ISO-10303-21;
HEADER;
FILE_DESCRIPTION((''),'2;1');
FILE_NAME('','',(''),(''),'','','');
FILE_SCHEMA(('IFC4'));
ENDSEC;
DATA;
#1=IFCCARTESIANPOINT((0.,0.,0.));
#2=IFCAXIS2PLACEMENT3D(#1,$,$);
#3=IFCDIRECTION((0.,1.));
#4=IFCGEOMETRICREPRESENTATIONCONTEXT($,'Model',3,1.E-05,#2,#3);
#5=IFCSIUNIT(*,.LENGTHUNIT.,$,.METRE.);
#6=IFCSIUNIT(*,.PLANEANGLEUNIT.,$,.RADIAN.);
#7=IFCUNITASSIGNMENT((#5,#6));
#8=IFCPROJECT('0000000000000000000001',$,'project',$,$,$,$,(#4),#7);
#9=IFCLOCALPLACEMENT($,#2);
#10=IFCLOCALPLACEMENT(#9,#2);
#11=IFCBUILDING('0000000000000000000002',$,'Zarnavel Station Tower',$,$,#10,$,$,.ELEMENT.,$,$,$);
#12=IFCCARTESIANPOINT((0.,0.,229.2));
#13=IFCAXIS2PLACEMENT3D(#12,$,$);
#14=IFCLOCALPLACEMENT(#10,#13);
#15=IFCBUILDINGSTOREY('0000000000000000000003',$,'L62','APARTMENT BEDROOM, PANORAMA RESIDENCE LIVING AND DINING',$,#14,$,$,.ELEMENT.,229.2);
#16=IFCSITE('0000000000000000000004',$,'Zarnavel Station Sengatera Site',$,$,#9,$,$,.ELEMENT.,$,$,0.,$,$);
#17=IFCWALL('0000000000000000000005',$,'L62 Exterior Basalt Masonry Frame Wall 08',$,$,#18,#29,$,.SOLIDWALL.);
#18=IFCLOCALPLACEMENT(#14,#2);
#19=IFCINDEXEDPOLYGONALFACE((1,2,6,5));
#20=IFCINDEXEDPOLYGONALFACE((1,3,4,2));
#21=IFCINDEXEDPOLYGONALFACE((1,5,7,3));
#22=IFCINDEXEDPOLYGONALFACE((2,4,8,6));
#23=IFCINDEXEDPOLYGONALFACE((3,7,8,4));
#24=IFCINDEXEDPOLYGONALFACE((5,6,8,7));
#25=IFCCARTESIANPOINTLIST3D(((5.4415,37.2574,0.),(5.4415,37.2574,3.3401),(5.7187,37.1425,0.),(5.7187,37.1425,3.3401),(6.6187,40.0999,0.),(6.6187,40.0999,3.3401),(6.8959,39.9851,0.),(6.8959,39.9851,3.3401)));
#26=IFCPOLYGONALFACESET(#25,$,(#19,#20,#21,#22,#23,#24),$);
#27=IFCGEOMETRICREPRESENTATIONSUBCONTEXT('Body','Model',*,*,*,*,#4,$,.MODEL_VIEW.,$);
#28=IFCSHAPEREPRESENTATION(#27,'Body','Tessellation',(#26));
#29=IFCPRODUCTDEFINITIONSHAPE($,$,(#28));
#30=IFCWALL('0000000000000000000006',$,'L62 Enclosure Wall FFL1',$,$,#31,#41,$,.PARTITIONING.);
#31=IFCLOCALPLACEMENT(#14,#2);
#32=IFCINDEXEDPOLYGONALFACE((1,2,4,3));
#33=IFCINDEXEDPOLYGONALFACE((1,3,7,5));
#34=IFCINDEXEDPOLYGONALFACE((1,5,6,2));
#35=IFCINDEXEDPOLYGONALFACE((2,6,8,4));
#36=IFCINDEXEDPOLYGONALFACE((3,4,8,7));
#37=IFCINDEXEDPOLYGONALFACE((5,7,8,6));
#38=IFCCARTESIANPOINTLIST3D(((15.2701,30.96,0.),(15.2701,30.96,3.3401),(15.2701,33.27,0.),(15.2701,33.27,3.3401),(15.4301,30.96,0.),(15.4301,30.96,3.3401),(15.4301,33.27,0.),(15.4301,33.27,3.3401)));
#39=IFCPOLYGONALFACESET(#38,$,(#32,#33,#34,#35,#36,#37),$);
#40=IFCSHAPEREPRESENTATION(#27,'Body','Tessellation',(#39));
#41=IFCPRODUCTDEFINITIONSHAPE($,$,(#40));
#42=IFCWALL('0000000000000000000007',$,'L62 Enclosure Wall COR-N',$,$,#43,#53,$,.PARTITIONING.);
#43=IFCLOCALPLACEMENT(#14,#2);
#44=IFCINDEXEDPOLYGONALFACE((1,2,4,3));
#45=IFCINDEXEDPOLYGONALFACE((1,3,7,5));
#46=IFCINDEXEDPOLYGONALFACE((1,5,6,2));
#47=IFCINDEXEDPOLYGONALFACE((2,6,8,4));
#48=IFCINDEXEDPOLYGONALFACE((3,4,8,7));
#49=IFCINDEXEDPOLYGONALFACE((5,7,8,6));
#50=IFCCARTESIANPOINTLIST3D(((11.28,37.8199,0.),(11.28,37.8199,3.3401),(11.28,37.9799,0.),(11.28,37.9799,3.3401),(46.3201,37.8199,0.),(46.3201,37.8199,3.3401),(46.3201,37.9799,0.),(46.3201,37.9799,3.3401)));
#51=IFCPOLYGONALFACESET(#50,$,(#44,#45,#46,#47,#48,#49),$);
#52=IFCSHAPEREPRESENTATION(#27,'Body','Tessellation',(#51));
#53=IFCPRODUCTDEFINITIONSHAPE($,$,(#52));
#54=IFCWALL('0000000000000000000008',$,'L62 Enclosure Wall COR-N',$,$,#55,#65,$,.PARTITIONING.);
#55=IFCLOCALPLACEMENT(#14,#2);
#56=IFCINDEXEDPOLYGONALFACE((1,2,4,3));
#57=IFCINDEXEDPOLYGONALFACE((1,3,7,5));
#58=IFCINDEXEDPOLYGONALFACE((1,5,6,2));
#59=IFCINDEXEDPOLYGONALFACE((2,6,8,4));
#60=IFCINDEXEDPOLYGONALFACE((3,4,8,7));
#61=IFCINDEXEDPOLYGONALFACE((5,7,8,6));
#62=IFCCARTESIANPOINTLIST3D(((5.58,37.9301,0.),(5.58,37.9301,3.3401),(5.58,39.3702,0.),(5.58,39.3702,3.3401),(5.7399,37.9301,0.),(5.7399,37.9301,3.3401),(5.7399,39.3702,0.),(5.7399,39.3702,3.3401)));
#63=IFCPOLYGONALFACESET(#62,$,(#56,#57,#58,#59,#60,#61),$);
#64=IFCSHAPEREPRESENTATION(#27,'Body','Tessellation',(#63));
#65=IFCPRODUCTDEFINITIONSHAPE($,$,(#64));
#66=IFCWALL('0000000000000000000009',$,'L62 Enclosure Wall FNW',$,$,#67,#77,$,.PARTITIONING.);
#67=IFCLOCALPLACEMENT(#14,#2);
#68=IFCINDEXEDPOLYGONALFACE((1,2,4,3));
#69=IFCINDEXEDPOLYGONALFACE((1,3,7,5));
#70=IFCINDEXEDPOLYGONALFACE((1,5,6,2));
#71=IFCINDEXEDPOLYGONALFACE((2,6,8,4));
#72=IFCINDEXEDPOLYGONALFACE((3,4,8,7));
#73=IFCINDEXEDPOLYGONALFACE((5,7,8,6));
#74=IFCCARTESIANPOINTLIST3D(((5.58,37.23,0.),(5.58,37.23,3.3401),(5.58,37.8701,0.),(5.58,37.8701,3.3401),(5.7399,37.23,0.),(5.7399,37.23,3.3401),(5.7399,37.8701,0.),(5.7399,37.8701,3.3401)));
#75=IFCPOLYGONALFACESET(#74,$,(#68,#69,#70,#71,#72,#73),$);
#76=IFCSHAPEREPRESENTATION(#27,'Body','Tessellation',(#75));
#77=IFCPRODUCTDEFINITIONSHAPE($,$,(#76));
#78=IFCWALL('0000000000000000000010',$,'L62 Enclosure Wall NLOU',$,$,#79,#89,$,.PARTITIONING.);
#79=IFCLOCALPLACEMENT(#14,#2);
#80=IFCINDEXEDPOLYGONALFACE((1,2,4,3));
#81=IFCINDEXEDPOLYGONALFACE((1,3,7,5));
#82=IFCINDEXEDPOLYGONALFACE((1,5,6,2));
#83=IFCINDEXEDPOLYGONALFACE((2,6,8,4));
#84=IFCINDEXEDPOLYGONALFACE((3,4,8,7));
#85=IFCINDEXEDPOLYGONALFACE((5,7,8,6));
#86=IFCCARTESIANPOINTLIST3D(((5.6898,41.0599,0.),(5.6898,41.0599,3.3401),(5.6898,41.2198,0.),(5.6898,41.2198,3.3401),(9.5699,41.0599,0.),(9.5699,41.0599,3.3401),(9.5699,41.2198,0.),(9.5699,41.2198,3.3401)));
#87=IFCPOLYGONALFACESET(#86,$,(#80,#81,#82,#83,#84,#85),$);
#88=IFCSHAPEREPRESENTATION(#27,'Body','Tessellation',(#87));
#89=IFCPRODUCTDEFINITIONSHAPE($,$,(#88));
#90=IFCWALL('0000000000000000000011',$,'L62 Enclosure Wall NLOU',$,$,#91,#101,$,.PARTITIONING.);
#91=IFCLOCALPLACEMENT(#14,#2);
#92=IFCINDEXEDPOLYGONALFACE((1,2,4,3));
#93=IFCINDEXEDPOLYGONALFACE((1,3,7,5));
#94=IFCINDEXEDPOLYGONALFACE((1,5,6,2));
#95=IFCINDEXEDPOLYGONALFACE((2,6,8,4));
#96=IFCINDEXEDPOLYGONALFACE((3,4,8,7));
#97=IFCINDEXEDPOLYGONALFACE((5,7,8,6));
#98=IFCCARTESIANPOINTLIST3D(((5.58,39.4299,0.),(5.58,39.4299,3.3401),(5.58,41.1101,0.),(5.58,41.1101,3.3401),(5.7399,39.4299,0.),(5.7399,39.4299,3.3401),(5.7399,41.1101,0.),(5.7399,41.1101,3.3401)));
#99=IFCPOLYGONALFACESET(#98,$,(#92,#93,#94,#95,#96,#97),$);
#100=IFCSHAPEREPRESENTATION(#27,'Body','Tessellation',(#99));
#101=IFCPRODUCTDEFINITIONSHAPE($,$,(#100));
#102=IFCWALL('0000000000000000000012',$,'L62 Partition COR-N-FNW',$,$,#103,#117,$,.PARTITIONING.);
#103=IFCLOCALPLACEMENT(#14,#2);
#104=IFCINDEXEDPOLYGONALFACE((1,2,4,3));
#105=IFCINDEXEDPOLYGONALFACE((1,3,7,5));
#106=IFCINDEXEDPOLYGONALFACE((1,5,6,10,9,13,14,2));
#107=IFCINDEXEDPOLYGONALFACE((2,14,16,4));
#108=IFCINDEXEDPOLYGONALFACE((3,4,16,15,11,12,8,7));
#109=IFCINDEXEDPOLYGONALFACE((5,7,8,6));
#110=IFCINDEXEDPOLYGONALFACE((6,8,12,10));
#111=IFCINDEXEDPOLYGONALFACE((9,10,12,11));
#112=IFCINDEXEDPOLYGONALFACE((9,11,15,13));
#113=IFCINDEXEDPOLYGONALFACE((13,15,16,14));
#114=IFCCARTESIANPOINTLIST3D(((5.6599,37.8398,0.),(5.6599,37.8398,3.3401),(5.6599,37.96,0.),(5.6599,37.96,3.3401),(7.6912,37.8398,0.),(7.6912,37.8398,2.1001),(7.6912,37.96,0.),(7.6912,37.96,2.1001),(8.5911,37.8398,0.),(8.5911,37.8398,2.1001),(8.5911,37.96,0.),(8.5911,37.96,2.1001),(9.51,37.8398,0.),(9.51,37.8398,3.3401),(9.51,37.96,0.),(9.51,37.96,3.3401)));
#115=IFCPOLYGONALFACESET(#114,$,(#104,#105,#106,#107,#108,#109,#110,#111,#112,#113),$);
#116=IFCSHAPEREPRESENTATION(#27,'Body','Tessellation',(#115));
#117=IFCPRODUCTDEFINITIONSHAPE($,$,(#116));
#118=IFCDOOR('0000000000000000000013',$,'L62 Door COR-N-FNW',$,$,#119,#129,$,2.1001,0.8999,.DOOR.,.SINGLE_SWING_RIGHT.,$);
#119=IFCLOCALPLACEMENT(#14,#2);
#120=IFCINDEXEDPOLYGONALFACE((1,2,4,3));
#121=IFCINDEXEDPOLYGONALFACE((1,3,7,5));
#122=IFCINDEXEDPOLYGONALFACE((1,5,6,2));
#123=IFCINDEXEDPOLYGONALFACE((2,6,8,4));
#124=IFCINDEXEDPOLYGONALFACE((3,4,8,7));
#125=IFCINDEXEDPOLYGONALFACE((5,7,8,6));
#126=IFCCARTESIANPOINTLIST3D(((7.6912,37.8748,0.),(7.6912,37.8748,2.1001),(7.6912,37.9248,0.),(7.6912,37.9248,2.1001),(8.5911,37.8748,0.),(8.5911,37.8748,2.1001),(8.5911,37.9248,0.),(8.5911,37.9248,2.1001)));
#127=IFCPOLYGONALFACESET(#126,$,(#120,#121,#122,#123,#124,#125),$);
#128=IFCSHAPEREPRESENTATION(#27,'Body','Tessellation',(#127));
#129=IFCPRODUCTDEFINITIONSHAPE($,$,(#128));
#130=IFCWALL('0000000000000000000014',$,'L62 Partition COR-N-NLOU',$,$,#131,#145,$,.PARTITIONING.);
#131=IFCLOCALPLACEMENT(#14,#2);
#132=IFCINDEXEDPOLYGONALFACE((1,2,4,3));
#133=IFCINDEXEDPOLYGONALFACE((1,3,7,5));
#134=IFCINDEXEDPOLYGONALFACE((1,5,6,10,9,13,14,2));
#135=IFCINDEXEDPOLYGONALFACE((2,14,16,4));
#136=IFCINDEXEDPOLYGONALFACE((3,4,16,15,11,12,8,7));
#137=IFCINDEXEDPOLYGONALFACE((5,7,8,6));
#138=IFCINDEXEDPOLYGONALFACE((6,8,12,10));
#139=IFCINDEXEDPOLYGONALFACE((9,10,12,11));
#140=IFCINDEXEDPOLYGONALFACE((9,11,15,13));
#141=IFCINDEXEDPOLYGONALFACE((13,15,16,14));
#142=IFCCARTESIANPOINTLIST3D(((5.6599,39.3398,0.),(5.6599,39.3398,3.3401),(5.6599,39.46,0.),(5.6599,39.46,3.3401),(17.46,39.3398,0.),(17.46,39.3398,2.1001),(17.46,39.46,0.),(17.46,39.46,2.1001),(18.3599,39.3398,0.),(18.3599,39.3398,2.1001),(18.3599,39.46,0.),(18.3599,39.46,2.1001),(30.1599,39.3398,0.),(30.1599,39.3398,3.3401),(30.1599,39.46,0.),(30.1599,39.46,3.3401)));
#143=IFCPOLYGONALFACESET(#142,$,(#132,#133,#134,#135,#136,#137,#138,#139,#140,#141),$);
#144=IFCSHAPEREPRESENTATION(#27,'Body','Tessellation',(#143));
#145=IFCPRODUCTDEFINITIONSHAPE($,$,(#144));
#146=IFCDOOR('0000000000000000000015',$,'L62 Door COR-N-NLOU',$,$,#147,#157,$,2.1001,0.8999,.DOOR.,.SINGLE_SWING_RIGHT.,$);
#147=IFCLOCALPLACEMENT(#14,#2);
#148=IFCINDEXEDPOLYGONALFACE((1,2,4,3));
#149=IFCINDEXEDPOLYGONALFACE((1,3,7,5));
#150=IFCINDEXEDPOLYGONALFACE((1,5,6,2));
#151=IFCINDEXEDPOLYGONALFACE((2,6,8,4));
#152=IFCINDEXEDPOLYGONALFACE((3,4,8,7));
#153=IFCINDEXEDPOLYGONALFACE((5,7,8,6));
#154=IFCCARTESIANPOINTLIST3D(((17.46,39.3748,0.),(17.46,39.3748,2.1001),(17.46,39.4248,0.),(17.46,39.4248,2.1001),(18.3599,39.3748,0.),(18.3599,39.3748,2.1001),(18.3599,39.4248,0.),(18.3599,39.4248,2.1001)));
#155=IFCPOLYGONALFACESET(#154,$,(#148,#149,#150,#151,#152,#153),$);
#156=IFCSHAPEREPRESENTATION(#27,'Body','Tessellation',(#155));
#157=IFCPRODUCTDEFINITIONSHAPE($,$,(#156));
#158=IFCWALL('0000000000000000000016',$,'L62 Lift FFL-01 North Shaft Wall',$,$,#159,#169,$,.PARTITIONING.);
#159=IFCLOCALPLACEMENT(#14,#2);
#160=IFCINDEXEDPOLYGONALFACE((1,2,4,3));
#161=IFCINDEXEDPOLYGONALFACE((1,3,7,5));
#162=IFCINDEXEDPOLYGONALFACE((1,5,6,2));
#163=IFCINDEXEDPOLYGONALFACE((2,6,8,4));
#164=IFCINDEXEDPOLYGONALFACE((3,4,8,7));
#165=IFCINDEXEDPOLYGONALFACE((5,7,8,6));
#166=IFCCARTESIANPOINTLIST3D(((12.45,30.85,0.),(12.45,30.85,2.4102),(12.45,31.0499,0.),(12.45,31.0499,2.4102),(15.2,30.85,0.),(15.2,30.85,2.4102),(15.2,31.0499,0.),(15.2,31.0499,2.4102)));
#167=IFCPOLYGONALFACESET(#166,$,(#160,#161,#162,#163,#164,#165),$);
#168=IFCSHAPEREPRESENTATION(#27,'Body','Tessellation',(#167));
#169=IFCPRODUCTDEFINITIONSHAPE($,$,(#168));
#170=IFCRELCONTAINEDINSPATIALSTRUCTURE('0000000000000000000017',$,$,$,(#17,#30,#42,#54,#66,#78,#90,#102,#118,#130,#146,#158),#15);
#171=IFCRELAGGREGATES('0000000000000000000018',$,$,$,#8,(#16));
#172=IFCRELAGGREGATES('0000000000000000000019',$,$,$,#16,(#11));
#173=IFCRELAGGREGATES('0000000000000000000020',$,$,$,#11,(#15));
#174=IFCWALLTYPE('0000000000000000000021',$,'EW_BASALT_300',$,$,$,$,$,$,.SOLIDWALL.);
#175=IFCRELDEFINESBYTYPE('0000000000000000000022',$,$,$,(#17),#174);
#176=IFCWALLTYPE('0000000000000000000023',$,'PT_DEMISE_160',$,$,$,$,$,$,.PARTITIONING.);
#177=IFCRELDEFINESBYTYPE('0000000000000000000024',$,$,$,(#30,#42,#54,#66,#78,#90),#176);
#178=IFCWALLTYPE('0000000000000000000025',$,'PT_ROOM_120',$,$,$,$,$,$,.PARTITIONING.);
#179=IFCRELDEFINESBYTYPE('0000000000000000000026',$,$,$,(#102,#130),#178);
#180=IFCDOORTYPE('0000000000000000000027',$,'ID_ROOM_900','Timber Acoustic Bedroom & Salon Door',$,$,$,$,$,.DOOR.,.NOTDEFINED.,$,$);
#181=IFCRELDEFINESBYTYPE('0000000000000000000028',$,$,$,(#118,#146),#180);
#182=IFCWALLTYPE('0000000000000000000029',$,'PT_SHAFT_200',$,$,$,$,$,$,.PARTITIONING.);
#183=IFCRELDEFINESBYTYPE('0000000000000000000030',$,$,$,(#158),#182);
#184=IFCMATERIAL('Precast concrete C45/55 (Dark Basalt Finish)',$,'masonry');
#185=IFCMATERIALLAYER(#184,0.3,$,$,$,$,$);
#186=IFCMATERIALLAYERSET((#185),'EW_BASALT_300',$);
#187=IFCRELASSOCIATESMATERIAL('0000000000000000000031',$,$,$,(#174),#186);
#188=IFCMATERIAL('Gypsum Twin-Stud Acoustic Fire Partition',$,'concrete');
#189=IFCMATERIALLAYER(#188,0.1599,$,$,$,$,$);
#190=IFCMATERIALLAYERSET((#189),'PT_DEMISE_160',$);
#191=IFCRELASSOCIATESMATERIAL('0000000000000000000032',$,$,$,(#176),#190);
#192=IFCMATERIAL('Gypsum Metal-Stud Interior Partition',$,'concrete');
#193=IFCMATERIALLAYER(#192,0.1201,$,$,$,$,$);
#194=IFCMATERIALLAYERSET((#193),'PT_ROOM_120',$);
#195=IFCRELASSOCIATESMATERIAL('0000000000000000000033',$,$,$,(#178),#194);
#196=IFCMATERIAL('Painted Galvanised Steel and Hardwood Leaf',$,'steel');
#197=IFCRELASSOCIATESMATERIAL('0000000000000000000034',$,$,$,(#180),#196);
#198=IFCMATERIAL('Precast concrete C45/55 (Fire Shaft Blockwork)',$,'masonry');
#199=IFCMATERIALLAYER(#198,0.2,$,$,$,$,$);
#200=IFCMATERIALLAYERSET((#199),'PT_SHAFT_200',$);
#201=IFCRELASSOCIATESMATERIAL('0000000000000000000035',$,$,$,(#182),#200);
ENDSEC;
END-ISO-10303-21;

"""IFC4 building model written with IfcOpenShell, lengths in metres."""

from ifc_helpers import new_model, si_unit, direction, frame, frame_2d, origin, place, context, subcontext, project, spatial, rectangle, extrude, material, layer, layer_set, type_object, element, fill, save


model = new_model("IFC4")

# Units and contexts
model_context = context("Model", 3, precision=1e-05, world=origin(), true_north=direction((0.0, 1.0)))
body_context = subcontext(model_context, "Body", "Model", "MODEL_VIEW")
ifc_project = project(units=[si_unit("LENGTHUNIT", "METRE"), si_unit("PLANEANGLEUNIT", "RADIAN")], contexts=[model_context])

# Site, building, storey
site_placement = place(None, origin())
site = spatial("IfcSite", under=ifc_project, at=site_placement, Name="Zarnavel Station Sengatera Site", CompositionType="ELEMENT", RefElevation=0.0)
building_placement = place(site_placement, origin())
building = spatial("IfcBuilding", under=site, at=building_placement, Name="Zarnavel Station Tower", CompositionType="ELEMENT")
storey_placement = place(building_placement, frame((0.0, 0.0, 229.2)))
storey = spatial("IfcBuildingStorey", under=building, at=storey_placement, Name="L62", Description="APARTMENT BEDROOM, PANORAMA RESIDENCE LIVING AND DINING", CompositionType="ELEMENT", Elevation=229.2)

# Shared definitions
ifc_material_1 = material(Name="Precast concrete C45/55 (Dark Basalt Finish)", Category="masonry")
ifc_layer_1 = layer(ifc_material_1, 0.3)
ifc_layer_set_1 = layer_set([ifc_layer_1], Name="EW_BASALT_300")
wall_type_1 = type_object("IfcWallType", Name="EW_BASALT_300", PredefinedType="SOLIDWALL", material=ifc_layer_set_1)

# Walls
wall_1_placement = place(storey_placement, frame((5.5801, 37.2, 0.0), z_axis=(0.0, 0.0, 1.0), x_axis=(0.382637, 0.923899, 0.0)))
element("IfcWall", 1, at=wall_1_placement, inside=storey, type_object=wall_type_1, Name="L62 Exterior Basalt Masonry Frame Wall 08", PredefinedType="SOLIDWALL", context=body_context, shape_type="SweptSolid", body=[
    extrude(rectangle(XDim=3.0767, YDim=0.3, at=frame_2d((1.5383, 0.0))), origin(), (0.0, 0.0, 1.0), 3.3401),
])
ifc_material_2 = material(Name="Gypsum Twin-Stud Acoustic Fire Partition", Category="concrete")
ifc_layer_2 = layer(ifc_material_2, 0.1599)
ifc_layer_set_2 = layer_set([ifc_layer_2], Name="PT_DEMISE_160")
wall_type_2 = type_object("IfcWallType", Name="PT_DEMISE_160", PredefinedType="PARTITIONING", material=ifc_layer_set_2)
wall_2_placement = place(storey_placement, frame((15.3501, 30.96, 0.0), z_axis=(0.0, 0.0, 1.0), x_axis=(0.0, 1.0, 0.0)))
element("IfcWall", 2, at=wall_2_placement, inside=storey, type_object=wall_type_2, Name="L62 Enclosure Wall FFL1", PredefinedType="PARTITIONING", context=body_context, shape_type="SweptSolid", body=[
    extrude(rectangle(XDim=2.3101, YDim=0.1599, at=frame_2d((1.155, 0.0))), origin(), (0.0, 0.0, 1.0), 3.3401),
])
wall_3_placement = place(storey_placement, frame((11.28, 37.8999, 0.0), z_axis=(0.0, 0.0, 1.0), x_axis=(1.0, 0.0, 0.0)))
element("IfcWall", 3, at=wall_3_placement, inside=storey, type_object=wall_type_2, Name="L62 Enclosure Wall COR-N", PredefinedType="PARTITIONING", context=body_context, shape_type="SweptSolid", body=[
    extrude(rectangle(XDim=35.04, YDim=0.1599, at=frame_2d((17.52, 0.0))), origin(), (0.0, 0.0, 1.0), 3.3401),
])
wall_4_placement = place(storey_placement, frame((5.6599, 37.9299, 0.0), z_axis=(0.0, 0.0, 1.0), x_axis=(0.0, 1.0, 0.0)))
element("IfcWall", 4, at=wall_4_placement, inside=storey, type_object=wall_type_2, Name="L62 Enclosure Wall COR-N", PredefinedType="PARTITIONING", context=body_context, shape_type="SweptSolid", body=[
    extrude(rectangle(XDim=1.4402, YDim=0.1599, at=frame_2d((0.7202, 0.0))), origin(), (0.0, 0.0, 1.0), 3.3401),
])
wall_5_placement = place(storey_placement, frame((5.6599, 37.23, 0.0), z_axis=(0.0, 0.0, 1.0), x_axis=(0.0, 1.0, 0.0)))
element("IfcWall", 5, at=wall_5_placement, inside=storey, type_object=wall_type_2, Name="L62 Enclosure Wall FNW", PredefinedType="PARTITIONING", context=body_context, shape_type="SweptSolid", body=[
    extrude(rectangle(XDim=0.6401, YDim=0.1599, at=frame_2d((0.3201, 0.0))), origin(), (0.0, 0.0, 1.0), 3.3401),
])
wall_6_placement = place(storey_placement, frame((5.6899, 41.1399, 0.0), z_axis=(0.0, 0.0, 1.0), x_axis=(1.0, 0.0, 0.0)))
element("IfcWall", 6, at=wall_6_placement, inside=storey, type_object=wall_type_2, Name="L62 Enclosure Wall NLOU", PredefinedType="PARTITIONING", context=body_context, shape_type="SweptSolid", body=[
    extrude(rectangle(XDim=3.8801, YDim=0.1599, at=frame_2d((1.9399, 0.0))), origin(), (0.0, 0.0, 1.0), 3.3401),
])
wall_7_placement = place(storey_placement, frame((5.6599, 39.4299, 0.0), z_axis=(0.0, 0.0, 1.0), x_axis=(0.0, 1.0, 0.0)))
element("IfcWall", 7, at=wall_7_placement, inside=storey, type_object=wall_type_2, Name="L62 Enclosure Wall NLOU", PredefinedType="PARTITIONING", context=body_context, shape_type="SweptSolid", body=[
    extrude(rectangle(XDim=1.6802, YDim=0.1599, at=frame_2d((0.8401, 0.0))), origin(), (0.0, 0.0, 1.0), 3.3401),
])

# Walls, openings, doors
ifc_material_3 = material(Name="Gypsum Metal-Stud Interior Partition", Category="concrete")
ifc_layer_3 = layer(ifc_material_3, 0.1201)
ifc_layer_set_3 = layer_set([ifc_layer_3], Name="PT_ROOM_120")
wall_type_3 = type_object("IfcWallType", Name="PT_ROOM_120", PredefinedType="PARTITIONING", material=ifc_layer_set_3)
wall_8_placement = place(storey_placement, frame((5.6599, 37.8999, 0.0), z_axis=(0.0, 0.0, 1.0), x_axis=(1.0, 0.0, 0.0)))
wall_8 = element("IfcWall", 8, at=wall_8_placement, inside=storey, type_object=wall_type_3, Name="L62 Partition COR-N-FNW", PredefinedType="PARTITIONING", context=body_context, shape_type="SweptSolid", body=[
    extrude(rectangle(XDim=3.8501, YDim=0.1201, at=frame_2d((1.925, 0.0))), origin(), (0.0, 0.0, 1.0), 3.3401),
])
opening_1_placement = place(wall_8_placement, frame((2.0312, 0.0, 0.0)))
opening_1 = element("IfcOpeningElement", 9, at=opening_1_placement, cuts=wall_8, PredefinedType="OPENING", context=body_context, shape_type="SweptSolid", body=[
    extrude(rectangle(XDim=0.8999, YDim=2.1001, at=frame_2d((0.45, 1.05))), frame((0.0, 0.0701, 0.0), z_axis=(0.0, -1.0, 0.0), x_axis=(1.0, 0.0, 0.0)), (0.0, 0.0, 1.0), 0.1401),
])
ifc_material_4 = material(Name="Painted Galvanised Steel and Hardwood Leaf", Category="steel")
door_type_1 = type_object("IfcDoorType", Name="ID_ROOM_900", Description="Timber Acoustic Bedroom & Salon Door", OperationType="NOTDEFINED", PredefinedType="DOOR", material=ifc_material_4)
door_1_placement = place(opening_1_placement, origin())
door_1 = element("IfcDoor", 10, at=door_1_placement, inside=storey, type_object=door_type_1, Name="L62 Door COR-N-FNW", OperationType="SINGLE_SWING_RIGHT", OverallHeight=2.1001, OverallWidth=0.8999, PredefinedType="DOOR", context=body_context, shape_type="SweptSolid", body=[
    extrude(rectangle(XDim=0.8999, YDim=2.1001, at=frame_2d((0.45, 1.05))), frame((0.0, 0.0249, 0.0), z_axis=(0.0, -1.0, 0.0), x_axis=(1.0, 0.0, 0.0)), (0.0, 0.0, 1.0), 0.05),
])
fill(opening_1, door_1)
wall_9_placement = place(storey_placement, frame((5.6599, 39.3999, 0.0), z_axis=(0.0, 0.0, 1.0), x_axis=(1.0, 0.0, 0.0)))
wall_9 = element("IfcWall", 11, at=wall_9_placement, inside=storey, type_object=wall_type_3, Name="L62 Partition COR-N-NLOU", PredefinedType="PARTITIONING", context=body_context, shape_type="SweptSolid", body=[
    extrude(rectangle(XDim=24.5, YDim=0.1201, at=frame_2d((12.25, 0.0))), origin(), (0.0, 0.0, 1.0), 3.3401),
])
opening_2_placement = place(wall_9_placement, frame((11.8, 0.0, 0.0)))
opening_2 = element("IfcOpeningElement", 12, at=opening_2_placement, cuts=wall_9, PredefinedType="OPENING", context=body_context, shape_type="SweptSolid", body=[
    extrude(rectangle(XDim=0.8999, YDim=2.1001, at=frame_2d((0.45, 1.05))), frame((0.0, 0.0701, 0.0), z_axis=(0.0, -1.0, 0.0), x_axis=(1.0, 0.0, 0.0)), (0.0, 0.0, 1.0), 0.1401),
])
door_2_placement = place(opening_2_placement, origin())
door_2 = element("IfcDoor", 13, at=door_2_placement, inside=storey, type_object=door_type_1, Name="L62 Door COR-N-NLOU", OperationType="SINGLE_SWING_RIGHT", OverallHeight=2.1001, OverallWidth=0.8999, PredefinedType="DOOR", context=body_context, shape_type="SweptSolid", body=[
    extrude(rectangle(XDim=0.8999, YDim=2.1001, at=frame_2d((0.45, 1.05))), frame((0.0, 0.0249, 0.0), z_axis=(0.0, -1.0, 0.0), x_axis=(1.0, 0.0, 0.0)), (0.0, 0.0, 1.0), 0.05),
])
fill(opening_2, door_2)
ifc_material_5 = material(Name="Precast concrete C45/55 (Fire Shaft Blockwork)", Category="masonry")
ifc_layer_4 = layer(ifc_material_5, 0.2)
ifc_layer_set_4 = layer_set([ifc_layer_4], Name="PT_SHAFT_200")
wall_type_4 = type_object("IfcWallType", Name="PT_SHAFT_200", PredefinedType="PARTITIONING", material=ifc_layer_set_4)

# Wall
wall_10_placement = place(storey_placement, frame((12.45, 30.95, 0.0), z_axis=(0.0, 0.0, 1.0), x_axis=(1.0, 0.0, 0.0)))
element("IfcWall", 14, at=wall_10_placement, inside=storey, type_object=wall_type_4, Name="L62 Lift FFL-01 North Shaft Wall", PredefinedType="PARTITIONING", context=body_context, shape_type="SweptSolid", body=[
    extrude(rectangle(XDim=2.75, YDim=0.2, at=frame_2d((1.375, 0.0))), origin(), (0.0, 0.0, 1.0), 2.4102),
])

save(model, "model.ifc")
